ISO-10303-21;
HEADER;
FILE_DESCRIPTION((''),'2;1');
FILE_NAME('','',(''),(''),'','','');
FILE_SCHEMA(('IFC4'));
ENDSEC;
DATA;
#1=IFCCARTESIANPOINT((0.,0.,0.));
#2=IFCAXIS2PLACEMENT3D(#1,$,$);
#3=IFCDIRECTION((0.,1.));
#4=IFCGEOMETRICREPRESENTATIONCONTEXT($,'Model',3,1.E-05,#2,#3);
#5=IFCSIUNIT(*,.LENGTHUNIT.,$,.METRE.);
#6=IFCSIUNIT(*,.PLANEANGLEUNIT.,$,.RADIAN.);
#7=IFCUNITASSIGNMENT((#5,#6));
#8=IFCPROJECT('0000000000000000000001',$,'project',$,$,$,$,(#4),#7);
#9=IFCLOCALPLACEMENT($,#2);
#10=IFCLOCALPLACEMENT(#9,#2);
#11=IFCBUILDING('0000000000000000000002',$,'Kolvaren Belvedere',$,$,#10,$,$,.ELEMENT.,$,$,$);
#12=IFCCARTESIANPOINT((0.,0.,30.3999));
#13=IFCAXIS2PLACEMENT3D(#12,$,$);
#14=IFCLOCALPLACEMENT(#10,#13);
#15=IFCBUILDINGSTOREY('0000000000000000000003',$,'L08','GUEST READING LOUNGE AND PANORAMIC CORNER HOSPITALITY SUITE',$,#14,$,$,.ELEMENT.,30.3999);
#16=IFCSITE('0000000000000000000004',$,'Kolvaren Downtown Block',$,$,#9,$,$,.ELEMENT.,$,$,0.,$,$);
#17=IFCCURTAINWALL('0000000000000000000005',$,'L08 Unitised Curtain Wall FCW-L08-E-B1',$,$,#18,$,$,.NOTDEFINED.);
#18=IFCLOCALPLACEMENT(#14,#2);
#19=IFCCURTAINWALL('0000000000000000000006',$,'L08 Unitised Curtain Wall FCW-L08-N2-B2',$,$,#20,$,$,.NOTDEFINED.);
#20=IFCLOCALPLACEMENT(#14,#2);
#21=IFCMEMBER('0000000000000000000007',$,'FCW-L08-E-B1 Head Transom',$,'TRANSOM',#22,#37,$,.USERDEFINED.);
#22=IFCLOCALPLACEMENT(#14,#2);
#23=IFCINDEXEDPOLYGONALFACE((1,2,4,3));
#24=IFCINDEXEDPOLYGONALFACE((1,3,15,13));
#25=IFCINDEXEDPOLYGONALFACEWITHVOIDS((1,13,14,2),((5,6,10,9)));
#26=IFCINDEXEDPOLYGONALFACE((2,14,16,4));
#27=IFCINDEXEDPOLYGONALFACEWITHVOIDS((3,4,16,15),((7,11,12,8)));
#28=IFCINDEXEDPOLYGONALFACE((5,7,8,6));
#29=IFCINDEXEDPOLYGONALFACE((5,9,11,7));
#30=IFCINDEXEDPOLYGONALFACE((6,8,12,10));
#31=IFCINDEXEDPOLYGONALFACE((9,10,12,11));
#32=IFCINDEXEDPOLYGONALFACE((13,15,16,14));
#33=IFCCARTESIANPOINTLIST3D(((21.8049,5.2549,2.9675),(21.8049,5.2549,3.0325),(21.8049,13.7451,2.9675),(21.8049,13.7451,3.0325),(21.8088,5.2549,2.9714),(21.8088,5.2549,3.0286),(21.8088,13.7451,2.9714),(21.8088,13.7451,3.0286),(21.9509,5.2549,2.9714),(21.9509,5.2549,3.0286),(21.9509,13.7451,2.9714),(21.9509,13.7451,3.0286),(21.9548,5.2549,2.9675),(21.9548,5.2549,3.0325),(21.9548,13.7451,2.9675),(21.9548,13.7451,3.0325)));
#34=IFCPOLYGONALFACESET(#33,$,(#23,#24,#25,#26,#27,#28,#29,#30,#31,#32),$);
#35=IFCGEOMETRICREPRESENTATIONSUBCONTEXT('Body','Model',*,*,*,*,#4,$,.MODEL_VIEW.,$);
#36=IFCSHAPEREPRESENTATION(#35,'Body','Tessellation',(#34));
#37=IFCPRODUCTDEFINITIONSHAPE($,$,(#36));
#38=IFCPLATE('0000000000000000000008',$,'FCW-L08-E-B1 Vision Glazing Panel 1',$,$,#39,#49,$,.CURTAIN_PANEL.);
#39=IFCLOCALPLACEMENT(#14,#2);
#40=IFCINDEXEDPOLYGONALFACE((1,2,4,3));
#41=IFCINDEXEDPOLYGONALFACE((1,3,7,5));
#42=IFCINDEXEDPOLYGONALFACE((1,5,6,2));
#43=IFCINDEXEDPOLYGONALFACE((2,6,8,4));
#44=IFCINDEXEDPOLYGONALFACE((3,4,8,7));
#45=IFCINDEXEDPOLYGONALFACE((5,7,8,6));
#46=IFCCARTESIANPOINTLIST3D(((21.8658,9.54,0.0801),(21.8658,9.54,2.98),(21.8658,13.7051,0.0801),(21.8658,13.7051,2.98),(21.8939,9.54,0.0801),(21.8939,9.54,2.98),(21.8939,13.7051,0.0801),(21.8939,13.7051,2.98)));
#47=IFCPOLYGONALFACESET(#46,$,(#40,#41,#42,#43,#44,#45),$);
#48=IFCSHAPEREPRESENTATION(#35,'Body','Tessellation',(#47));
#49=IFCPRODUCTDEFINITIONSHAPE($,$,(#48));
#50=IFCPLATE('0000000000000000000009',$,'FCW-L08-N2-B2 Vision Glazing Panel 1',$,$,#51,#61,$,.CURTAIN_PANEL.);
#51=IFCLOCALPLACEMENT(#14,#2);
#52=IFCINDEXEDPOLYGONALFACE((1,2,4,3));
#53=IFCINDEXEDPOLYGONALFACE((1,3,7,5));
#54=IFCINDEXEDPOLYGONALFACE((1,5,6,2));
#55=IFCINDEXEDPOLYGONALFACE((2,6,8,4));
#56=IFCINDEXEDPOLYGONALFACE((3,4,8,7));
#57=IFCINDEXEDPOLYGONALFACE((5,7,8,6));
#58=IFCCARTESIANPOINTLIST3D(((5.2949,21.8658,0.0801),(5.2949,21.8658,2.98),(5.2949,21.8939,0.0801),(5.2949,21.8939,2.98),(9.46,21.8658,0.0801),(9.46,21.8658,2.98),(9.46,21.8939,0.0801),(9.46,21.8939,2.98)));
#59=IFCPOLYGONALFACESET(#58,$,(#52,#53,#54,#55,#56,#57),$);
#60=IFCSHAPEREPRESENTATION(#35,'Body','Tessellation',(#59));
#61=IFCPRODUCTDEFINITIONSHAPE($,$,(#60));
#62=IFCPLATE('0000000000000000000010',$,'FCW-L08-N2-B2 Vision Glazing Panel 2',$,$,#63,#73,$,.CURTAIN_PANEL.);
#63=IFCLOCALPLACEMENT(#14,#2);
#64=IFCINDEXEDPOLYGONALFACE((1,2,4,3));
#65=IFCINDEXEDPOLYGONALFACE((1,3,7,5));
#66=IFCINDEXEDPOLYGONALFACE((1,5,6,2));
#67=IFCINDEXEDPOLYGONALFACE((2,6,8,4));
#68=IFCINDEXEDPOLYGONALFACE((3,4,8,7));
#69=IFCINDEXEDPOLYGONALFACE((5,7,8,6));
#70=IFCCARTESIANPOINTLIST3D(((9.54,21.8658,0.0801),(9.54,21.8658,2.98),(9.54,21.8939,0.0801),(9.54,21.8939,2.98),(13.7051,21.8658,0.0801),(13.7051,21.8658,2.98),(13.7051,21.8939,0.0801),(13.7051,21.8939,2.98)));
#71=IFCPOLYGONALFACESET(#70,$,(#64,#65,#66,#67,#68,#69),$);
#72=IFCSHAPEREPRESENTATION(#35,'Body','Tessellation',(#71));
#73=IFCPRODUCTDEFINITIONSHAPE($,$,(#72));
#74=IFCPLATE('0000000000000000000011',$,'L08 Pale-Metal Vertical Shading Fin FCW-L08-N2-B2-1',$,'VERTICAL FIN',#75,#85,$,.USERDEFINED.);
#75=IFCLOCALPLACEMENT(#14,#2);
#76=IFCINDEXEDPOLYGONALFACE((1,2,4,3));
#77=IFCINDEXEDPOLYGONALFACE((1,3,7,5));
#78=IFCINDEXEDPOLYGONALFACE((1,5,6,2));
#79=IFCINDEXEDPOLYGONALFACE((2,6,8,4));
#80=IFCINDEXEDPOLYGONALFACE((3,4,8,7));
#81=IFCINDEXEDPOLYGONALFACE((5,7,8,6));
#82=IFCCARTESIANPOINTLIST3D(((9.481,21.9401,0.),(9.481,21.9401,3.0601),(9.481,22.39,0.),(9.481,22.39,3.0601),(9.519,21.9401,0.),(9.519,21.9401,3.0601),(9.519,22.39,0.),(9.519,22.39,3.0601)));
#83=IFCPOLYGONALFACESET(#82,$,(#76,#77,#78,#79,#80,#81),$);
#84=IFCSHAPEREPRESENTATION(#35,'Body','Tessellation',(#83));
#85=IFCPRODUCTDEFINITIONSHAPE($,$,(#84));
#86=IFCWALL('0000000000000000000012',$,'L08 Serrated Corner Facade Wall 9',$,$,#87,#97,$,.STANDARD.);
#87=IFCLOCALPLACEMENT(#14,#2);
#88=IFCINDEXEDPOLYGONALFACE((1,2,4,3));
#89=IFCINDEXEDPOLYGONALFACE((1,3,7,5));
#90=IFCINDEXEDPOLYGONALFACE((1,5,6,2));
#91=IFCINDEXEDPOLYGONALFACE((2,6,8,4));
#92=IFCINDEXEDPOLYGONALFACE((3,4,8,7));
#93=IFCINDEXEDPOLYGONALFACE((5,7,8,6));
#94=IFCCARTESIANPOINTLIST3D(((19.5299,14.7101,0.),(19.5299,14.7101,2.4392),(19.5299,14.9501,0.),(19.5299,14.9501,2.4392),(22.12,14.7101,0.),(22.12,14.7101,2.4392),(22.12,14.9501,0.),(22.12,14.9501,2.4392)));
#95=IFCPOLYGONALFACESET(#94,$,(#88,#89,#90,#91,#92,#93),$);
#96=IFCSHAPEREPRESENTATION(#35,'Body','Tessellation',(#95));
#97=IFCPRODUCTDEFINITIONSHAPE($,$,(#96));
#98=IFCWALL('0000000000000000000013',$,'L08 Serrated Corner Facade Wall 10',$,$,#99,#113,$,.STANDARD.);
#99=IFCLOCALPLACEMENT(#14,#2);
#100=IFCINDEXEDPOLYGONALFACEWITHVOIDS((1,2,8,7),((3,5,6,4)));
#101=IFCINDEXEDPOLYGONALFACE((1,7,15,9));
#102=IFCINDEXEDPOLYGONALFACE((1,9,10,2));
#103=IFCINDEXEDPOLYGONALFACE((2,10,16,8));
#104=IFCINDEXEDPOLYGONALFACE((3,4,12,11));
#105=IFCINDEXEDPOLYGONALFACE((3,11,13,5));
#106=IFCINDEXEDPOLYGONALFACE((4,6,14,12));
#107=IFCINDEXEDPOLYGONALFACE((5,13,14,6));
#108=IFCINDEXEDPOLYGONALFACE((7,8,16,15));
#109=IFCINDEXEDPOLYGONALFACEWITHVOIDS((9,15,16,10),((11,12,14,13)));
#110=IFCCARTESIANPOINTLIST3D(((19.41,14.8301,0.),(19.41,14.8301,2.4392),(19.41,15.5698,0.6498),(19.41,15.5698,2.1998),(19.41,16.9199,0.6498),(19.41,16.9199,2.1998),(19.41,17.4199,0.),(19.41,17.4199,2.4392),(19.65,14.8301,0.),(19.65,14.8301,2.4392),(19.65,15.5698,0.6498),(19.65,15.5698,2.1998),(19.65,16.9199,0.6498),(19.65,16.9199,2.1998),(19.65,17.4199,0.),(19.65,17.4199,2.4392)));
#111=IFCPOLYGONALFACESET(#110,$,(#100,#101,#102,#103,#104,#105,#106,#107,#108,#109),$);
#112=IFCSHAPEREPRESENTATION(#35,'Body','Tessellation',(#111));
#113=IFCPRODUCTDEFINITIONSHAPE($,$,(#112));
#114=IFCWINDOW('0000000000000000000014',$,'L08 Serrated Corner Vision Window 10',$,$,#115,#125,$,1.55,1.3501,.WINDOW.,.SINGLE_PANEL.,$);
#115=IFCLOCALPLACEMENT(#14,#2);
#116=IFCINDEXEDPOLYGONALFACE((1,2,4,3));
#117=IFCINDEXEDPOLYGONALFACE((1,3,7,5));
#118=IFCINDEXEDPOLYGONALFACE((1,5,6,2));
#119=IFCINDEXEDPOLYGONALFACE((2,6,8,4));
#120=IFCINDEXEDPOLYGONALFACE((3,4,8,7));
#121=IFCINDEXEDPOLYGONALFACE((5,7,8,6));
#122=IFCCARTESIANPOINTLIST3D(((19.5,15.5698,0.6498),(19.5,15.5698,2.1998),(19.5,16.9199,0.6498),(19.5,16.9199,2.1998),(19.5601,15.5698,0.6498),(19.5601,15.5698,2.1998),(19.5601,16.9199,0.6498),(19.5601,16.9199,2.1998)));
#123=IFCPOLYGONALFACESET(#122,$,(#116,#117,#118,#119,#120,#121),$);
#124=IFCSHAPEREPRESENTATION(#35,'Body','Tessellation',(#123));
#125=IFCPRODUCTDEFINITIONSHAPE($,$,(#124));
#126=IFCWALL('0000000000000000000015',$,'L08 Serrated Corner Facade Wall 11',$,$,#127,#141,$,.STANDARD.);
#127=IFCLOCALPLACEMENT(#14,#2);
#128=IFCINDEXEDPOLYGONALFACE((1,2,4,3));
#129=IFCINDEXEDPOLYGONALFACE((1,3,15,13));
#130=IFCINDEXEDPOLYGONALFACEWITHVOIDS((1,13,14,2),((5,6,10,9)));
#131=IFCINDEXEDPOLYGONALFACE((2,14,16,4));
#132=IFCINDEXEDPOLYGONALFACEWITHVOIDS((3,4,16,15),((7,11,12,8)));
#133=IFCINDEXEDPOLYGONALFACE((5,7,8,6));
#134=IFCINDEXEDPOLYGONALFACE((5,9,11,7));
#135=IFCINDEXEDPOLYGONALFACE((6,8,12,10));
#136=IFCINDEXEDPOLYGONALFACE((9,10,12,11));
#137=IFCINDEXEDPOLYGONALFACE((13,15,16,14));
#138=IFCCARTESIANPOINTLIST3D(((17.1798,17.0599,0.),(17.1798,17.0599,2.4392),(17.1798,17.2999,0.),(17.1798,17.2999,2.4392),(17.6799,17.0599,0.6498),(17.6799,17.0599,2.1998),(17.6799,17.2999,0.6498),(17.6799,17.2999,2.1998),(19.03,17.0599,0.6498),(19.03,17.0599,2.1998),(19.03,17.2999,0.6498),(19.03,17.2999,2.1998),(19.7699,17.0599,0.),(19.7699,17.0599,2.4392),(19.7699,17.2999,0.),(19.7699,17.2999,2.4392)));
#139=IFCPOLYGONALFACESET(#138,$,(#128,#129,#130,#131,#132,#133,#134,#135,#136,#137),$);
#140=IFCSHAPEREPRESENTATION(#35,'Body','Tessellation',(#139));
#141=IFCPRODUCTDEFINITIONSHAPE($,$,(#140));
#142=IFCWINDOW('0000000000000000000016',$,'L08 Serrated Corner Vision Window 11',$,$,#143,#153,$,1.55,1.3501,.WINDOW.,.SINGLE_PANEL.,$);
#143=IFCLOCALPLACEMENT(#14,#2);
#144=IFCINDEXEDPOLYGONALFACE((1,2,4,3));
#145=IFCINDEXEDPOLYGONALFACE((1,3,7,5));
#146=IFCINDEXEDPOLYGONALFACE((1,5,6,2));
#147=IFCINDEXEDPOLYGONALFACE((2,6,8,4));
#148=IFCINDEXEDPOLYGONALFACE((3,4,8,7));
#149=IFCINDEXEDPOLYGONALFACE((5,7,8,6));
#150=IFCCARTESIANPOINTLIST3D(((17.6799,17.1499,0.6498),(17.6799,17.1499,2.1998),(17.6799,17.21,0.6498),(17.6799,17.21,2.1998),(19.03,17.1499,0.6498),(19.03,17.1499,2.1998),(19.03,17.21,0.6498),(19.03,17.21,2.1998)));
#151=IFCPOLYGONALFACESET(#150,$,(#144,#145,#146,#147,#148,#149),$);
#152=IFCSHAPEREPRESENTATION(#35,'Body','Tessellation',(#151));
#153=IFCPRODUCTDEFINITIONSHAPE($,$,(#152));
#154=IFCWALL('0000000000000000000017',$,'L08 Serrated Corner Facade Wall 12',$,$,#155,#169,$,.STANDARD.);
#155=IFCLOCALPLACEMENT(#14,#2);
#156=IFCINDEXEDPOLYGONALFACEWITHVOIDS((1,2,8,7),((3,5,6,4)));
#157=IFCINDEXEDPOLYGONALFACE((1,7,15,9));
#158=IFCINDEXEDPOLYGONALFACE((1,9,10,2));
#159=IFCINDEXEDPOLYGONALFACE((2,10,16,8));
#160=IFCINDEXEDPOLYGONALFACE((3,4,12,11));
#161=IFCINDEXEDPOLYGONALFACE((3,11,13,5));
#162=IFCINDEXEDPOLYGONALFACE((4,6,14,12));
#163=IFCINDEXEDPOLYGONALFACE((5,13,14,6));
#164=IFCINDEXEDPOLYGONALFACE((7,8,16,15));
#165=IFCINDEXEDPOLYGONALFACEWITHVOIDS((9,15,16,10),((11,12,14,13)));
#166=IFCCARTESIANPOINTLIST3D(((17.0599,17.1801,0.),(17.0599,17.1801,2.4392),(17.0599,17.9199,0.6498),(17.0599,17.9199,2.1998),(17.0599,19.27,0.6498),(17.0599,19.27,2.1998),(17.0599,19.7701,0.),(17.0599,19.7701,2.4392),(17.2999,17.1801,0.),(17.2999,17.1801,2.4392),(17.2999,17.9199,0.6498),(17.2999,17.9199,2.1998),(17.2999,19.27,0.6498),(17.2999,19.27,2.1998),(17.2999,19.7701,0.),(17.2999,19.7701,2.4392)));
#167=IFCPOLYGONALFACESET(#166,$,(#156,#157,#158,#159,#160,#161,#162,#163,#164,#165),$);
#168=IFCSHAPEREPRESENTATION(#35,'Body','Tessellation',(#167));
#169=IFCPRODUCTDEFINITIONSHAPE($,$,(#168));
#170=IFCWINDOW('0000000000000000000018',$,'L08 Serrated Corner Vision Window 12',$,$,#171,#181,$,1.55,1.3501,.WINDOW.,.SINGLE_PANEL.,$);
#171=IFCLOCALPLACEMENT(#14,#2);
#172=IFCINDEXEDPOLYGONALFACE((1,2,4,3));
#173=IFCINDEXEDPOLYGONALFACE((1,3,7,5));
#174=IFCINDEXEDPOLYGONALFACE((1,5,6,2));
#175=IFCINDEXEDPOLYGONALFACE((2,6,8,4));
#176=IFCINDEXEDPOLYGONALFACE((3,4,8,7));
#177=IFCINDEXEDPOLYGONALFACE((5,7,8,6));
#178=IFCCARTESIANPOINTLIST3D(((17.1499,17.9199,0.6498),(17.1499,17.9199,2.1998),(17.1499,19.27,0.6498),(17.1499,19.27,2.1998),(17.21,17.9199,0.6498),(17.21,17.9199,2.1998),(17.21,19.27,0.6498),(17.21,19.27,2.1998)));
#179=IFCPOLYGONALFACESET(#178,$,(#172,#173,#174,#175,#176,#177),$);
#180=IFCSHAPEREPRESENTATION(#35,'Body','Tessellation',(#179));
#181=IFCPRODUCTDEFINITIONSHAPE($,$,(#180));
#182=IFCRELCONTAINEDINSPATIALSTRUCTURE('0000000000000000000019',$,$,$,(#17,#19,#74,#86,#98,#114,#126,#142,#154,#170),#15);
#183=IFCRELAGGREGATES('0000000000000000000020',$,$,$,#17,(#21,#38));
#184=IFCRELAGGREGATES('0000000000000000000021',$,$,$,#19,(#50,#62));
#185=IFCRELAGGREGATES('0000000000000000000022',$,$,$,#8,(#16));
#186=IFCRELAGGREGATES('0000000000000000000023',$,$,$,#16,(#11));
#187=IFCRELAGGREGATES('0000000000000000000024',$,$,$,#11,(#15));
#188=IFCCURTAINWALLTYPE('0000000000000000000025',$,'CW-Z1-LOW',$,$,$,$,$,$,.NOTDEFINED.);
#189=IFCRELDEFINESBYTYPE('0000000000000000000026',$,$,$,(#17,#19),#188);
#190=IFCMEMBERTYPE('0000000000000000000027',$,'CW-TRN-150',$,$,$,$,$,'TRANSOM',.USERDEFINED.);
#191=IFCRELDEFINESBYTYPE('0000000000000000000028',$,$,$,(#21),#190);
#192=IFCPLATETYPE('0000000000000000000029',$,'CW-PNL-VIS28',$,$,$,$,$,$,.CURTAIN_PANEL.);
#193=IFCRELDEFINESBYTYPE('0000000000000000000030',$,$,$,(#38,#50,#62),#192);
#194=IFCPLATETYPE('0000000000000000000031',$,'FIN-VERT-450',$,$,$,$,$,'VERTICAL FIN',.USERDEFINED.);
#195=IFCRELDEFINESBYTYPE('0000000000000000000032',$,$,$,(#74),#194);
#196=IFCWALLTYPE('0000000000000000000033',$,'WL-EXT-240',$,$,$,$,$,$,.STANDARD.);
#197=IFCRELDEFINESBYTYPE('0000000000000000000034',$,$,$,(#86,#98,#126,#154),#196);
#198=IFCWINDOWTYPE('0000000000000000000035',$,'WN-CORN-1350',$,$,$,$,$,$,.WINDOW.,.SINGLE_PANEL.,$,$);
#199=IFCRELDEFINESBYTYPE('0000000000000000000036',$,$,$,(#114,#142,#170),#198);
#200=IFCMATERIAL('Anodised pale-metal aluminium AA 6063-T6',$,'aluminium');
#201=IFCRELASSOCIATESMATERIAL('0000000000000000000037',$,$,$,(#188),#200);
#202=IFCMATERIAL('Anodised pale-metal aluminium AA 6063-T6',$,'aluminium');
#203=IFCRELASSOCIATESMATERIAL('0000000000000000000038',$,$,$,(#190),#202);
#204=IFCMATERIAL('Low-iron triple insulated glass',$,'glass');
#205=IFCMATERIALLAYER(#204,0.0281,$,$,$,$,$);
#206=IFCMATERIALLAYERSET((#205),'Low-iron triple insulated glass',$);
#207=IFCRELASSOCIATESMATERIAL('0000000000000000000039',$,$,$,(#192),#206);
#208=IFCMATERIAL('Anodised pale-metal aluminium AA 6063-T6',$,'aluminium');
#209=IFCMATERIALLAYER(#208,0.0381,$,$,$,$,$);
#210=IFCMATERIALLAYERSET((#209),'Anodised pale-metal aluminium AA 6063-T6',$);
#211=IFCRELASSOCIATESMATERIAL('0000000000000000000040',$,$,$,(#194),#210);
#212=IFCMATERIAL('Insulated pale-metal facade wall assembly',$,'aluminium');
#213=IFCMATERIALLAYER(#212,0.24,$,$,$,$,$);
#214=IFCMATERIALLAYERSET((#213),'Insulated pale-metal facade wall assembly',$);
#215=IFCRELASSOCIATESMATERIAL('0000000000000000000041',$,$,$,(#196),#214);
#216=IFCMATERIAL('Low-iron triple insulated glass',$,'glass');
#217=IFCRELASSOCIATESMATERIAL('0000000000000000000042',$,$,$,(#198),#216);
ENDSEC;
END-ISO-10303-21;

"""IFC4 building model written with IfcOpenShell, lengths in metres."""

from ifc_helpers import new_model, si_unit, direction, frame, frame_2d, origin, origin_2d, place, context, subcontext, project, spatial, rectangle, hollow_rectangle, extrude, material, layer, layer_set, material_profile, profile_set, type_object, element, fill, aggregate, save


model = new_model("IFC4")

# Units and contexts
model_context = context("Model", 3, precision=1e-05, world=origin(), true_north=direction((0.0, 1.0)))
body_context = subcontext(model_context, "Body", "Model", "MODEL_VIEW")
ifc_project = project(units=[si_unit("LENGTHUNIT", "METRE"), si_unit("PLANEANGLEUNIT", "RADIAN")], contexts=[model_context])

# Site, building, storey
site_placement = place(None, origin())
site = spatial("IfcSite", under=ifc_project, at=site_placement, Name="Kolvaren Downtown Block", CompositionType="ELEMENT", RefElevation=0.0)
building_placement = place(site_placement, origin())
building = spatial("IfcBuilding", under=site, at=building_placement, Name="Kolvaren Belvedere", CompositionType="ELEMENT")
storey_placement = place(building_placement, frame((0.0, 0.0, 30.3999)))
storey = spatial("IfcBuildingStorey", under=building, at=storey_placement, Name="L08", Description="GUEST READING LOUNGE AND PANORAMIC CORNER HOSPITALITY SUITE", CompositionType="ELEMENT", Elevation=30.3999)

# Curtain wall
ifc_material_1 = material(Name="Anodised pale-metal aluminium AA 6063-T6", Category="aluminium")
curtain_wall_type = type_object("IfcCurtainWallType", Name="CW-Z1-LOW", PredefinedType="NOTDEFINED", material=ifc_material_1)
curtain_wall_1_placement = place(storey_placement, origin())
curtain_wall_1 = element("IfcCurtainWall", 1, at=curtain_wall_1_placement, inside=storey, type_object=curtain_wall_type, Name="L08 Unitised Curtain Wall FCW-L08-E-B1", PredefinedType="NOTDEFINED")

# Curtain wall
curtain_wall_2_placement = place(storey_placement, origin())
curtain_wall_2 = element("IfcCurtainWall", 2, at=curtain_wall_2_placement, inside=storey, type_object=curtain_wall_type, Name="L08 Unitised Curtain Wall FCW-L08-N2-B2", PredefinedType="NOTDEFINED")

# Member
ifc_material_2 = material(Name="Anodised pale-metal aluminium AA 6063-T6", Category="aluminium")
ifc_material_profile_1 = material_profile(ifc_material_2, hollow_rectangle(XDim=0.0649, YDim=0.1499, WallThickness=0.0039, at=origin_2d()), Name="ALU-TRN-150X65")
ifc_profile_set_1 = profile_set([ifc_material_profile_1], Name="Anodised pale-metal aluminium AA 6063-T6")
member_type_1 = type_object("IfcMemberType", Name="CW-TRN-150", ElementType="TRANSOM", PredefinedType="USERDEFINED", material=ifc_profile_set_1)
member_1_placement = place(storey_placement, frame((21.8799, 13.7451, 3.0), z_axis=(0.0, -1.0, 0.0), x_axis=(0.0, 0.0, 1.0)))
member_1 = element("IfcMember", 3, at=member_1_placement, type_object=member_type_1, Name="FCW-L08-E-B1 Head Transom", ObjectType="TRANSOM", PredefinedType="USERDEFINED", context=body_context, shape_type="SweptSolid", body=[
    extrude(hollow_rectangle(XDim=0.0649, YDim=0.1499, WallThickness=0.0039, at=origin_2d()), origin(), (0.0, 0.0, 1.0), 8.4902),
])

# Plates
ifc_material_3 = material(Name="Low-iron triple insulated glass", Category="glass")
ifc_layer_1 = layer(ifc_material_3, 0.0281)
ifc_layer_set_1 = layer_set([ifc_layer_1], Name="Low-iron triple insulated glass")
plate_type_1 = type_object("IfcPlateType", Name="CW-PNL-VIS28", PredefinedType="CURTAIN_PANEL", material=ifc_layer_set_1)
plate_1_placement = place(storey_placement, frame((21.8799, 11.6226, 0.0801), z_axis=(0.0, 0.0, 1.0), x_axis=(0.0, -1.0, 0.0)))
plate_1 = element("IfcPlate", 4, at=plate_1_placement, type_object=plate_type_1, Name="FCW-L08-E-B1 Vision Glazing Panel 1", PredefinedType="CURTAIN_PANEL", context=body_context, shape_type="SweptSolid", body=[
    extrude(rectangle(XDim=4.165, YDim=0.0281, at=origin_2d()), origin(), (0.0, 0.0, 1.0), 2.8999),
])
aggregate(curtain_wall_1, [member_1, plate_1])
plate_2_placement = place(storey_placement, frame((7.3774, 21.8799, 0.0801), z_axis=(0.0, 0.0, 1.0), x_axis=(1.0, 0.0, 0.0)))
plate_2 = element("IfcPlate", 5, at=plate_2_placement, type_object=plate_type_1, Name="FCW-L08-N2-B2 Vision Glazing Panel 1", PredefinedType="CURTAIN_PANEL", context=body_context, shape_type="SweptSolid", body=[
    extrude(rectangle(XDim=4.165, YDim=0.0281, at=origin_2d()), origin(), (0.0, 0.0, 1.0), 2.8999),
])
plate_3_placement = place(storey_placement, frame((11.6226, 21.8799, 0.0801), z_axis=(0.0, 0.0, 1.0), x_axis=(1.0, 0.0, 0.0)))
plate_3 = element("IfcPlate", 6, at=plate_3_placement, type_object=plate_type_1, Name="FCW-L08-N2-B2 Vision Glazing Panel 2", PredefinedType="CURTAIN_PANEL", context=body_context, shape_type="SweptSolid", body=[
    extrude(rectangle(XDim=4.165, YDim=0.0281, at=origin_2d()), origin(), (0.0, 0.0, 1.0), 2.8999),
])
aggregate(curtain_wall_2, [plate_2, plate_3])
ifc_material_4 = material(Name="Anodised pale-metal aluminium AA 6063-T6", Category="aluminium")
ifc_layer_2 = layer(ifc_material_4, 0.0381)
ifc_layer_set_2 = layer_set([ifc_layer_2], Name="Anodised pale-metal aluminium AA 6063-T6")
plate_type_2 = type_object("IfcPlateType", Name="FIN-VERT-450", ElementType="VERTICAL FIN", PredefinedType="USERDEFINED", material=ifc_layer_set_2)
plate_4_placement = place(storey_placement, frame((9.5, 22.165, 0.0), z_axis=(0.0, 0.0, 1.0), x_axis=(0.0, 1.0, 0.0)))
element("IfcPlate", 7, at=plate_4_placement, inside=storey, type_object=plate_type_2, Name="L08 Pale-Metal Vertical Shading Fin FCW-L08-N2-B2-1", ObjectType="VERTICAL FIN", PredefinedType="USERDEFINED", context=body_context, shape_type="SweptSolid", body=[
    extrude(rectangle(XDim=0.45, YDim=0.0381, at=origin_2d()), origin(), (0.0, 0.0, 1.0), 3.0601),
])

# Wall
ifc_material_5 = material(Name="Insulated pale-metal facade wall assembly", Category="aluminium")
ifc_layer_3 = layer(ifc_material_5, 0.24)
ifc_layer_set_3 = layer_set([ifc_layer_3], Name="Insulated pale-metal facade wall assembly")
wall_type_1 = type_object("IfcWallType", Name="WL-EXT-240", PredefinedType="STANDARD", material=ifc_layer_set_3)
wall_1_placement = place(storey_placement, frame((19.53, 14.8301, 0.0), z_axis=(0.0, 0.0, 1.0), x_axis=(1.0, 0.0, 0.0)))
element("IfcWall", 8, at=wall_1_placement, inside=storey, type_object=wall_type_1, Name="L08 Serrated Corner Facade Wall 9", PredefinedType="STANDARD", context=body_context, shape_type="SweptSolid", body=[
    extrude(rectangle(XDim=2.5901, YDim=0.24, at=frame_2d((1.2949, 0.0))), origin(), (0.0, 0.0, 1.0), 2.4392),
])

# Walls, openings, windows
wall_2_placement = place(storey_placement, frame((19.53, 17.4199, 0.0), z_axis=(0.0, 0.0, 1.0), x_axis=(0.0, -1.0, 0.0)))
wall_2 = element("IfcWall", 9, at=wall_2_placement, inside=storey, type_object=wall_type_1, Name="L08 Serrated Corner Facade Wall 10", PredefinedType="STANDARD", context=body_context, shape_type="SweptSolid", body=[
    extrude(rectangle(XDim=2.5898, YDim=0.24, at=frame_2d((1.2949, 0.0))), origin(), (0.0, 0.0, 1.0), 2.4392),
])
opening_1_placement = place(wall_2_placement, frame((0.5, 0.0, 0.6499)))
opening_1 = element("IfcOpeningElement", 10, at=opening_1_placement, cuts=wall_2, PredefinedType="OPENING", context=body_context, shape_type="SweptSolid", body=[
    extrude(rectangle(XDim=1.3501, YDim=1.55, at=frame_2d((0.675, 0.7749))), frame((0.0, 0.1299, 0.0), z_axis=(0.0, -1.0, 0.0), x_axis=(1.0, 0.0, 0.0)), (0.0, 0.0, 1.0), 0.26),
])
ifc_material_6 = material(Name="Low-iron triple insulated glass", Category="glass")
window_type = type_object("IfcWindowType", Name="WN-CORN-1350", PartitioningType="SINGLE_PANEL", PredefinedType="WINDOW", material=ifc_material_6)
window_1_placement = place(opening_1_placement, origin())
window_1 = element("IfcWindow", 11, at=window_1_placement, inside=storey, type_object=window_type, Name="L08 Serrated Corner Vision Window 10", OverallHeight=1.55, OverallWidth=1.3501, PartitioningType="SINGLE_PANEL", PredefinedType="WINDOW", context=body_context, shape_type="SweptSolid", body=[
    extrude(rectangle(XDim=1.3501, YDim=1.55, at=frame_2d((0.675, 0.7749))), frame((0.0, 0.03, 0.0), z_axis=(0.0, -1.0, 0.0), x_axis=(1.0, 0.0, 0.0)), (0.0, 0.0, 1.0), 0.0601),
])
fill(opening_1, window_1)
wall_3_placement = place(storey_placement, frame((17.1799, 17.1799, 0.0), z_axis=(0.0, 0.0, 1.0), x_axis=(1.0, 0.0, 0.0)))
wall_3 = element("IfcWall", 12, at=wall_3_placement, inside=storey, type_object=wall_type_1, Name="L08 Serrated Corner Facade Wall 11", PredefinedType="STANDARD", context=body_context, shape_type="SweptSolid", body=[
    extrude(rectangle(XDim=2.5901, YDim=0.24, at=frame_2d((1.2949, 0.0))), origin(), (0.0, 0.0, 1.0), 2.4392),
])
opening_2_placement = place(wall_3_placement, frame((0.5, 0.0, 0.6499)))
opening_2 = element("IfcOpeningElement", 13, at=opening_2_placement, cuts=wall_3, PredefinedType="OPENING", context=body_context, shape_type="SweptSolid", body=[
    extrude(rectangle(XDim=1.3501, YDim=1.55, at=frame_2d((0.675, 0.7749))), frame((0.0, 0.1299, 0.0), z_axis=(0.0, -1.0, 0.0), x_axis=(1.0, 0.0, 0.0)), (0.0, 0.0, 1.0), 0.26),
])
window_2_placement = place(opening_2_placement, origin())
window_2 = element("IfcWindow", 14, at=window_2_placement, inside=storey, type_object=window_type, Name="L08 Serrated Corner Vision Window 11", OverallHeight=1.55, OverallWidth=1.3501, PartitioningType="SINGLE_PANEL", PredefinedType="WINDOW", context=body_context, shape_type="SweptSolid", body=[
    extrude(rectangle(XDim=1.3501, YDim=1.55, at=frame_2d((0.675, 0.7749))), frame((0.0, 0.03, 0.0), z_axis=(0.0, -1.0, 0.0), x_axis=(1.0, 0.0, 0.0)), (0.0, 0.0, 1.0), 0.0601),
])
fill(opening_2, window_2)
wall_4_placement = place(storey_placement, frame((17.1799, 19.77, 0.0), z_axis=(0.0, 0.0, 1.0), x_axis=(0.0, -1.0, 0.0)))
wall_4 = element("IfcWall", 15, at=wall_4_placement, inside=storey, type_object=wall_type_1, Name="L08 Serrated Corner Facade Wall 12", PredefinedType="STANDARD", context=body_context, shape_type="SweptSolid", body=[
    extrude(rectangle(XDim=2.5901, YDim=0.24, at=frame_2d((1.2949, 0.0))), origin(), (0.0, 0.0, 1.0), 2.4392),
])
opening_3_placement = place(wall_4_placement, frame((0.5, 0.0, 0.6499)))
opening_3 = element("IfcOpeningElement", 16, at=opening_3_placement, cuts=wall_4, PredefinedType="OPENING", context=body_context, shape_type="SweptSolid", body=[
    extrude(rectangle(XDim=1.3501, YDim=1.55, at=frame_2d((0.675, 0.7749))), frame((0.0, 0.1299, 0.0), z_axis=(0.0, -1.0, 0.0), x_axis=(1.0, 0.0, 0.0)), (0.0, 0.0, 1.0), 0.26),
])
window_3_placement = place(opening_3_placement, origin())
window_3 = element("IfcWindow", 17, at=window_3_placement, inside=storey, type_object=window_type, Name="L08 Serrated Corner Vision Window 12", OverallHeight=1.55, OverallWidth=1.3501, PartitioningType="SINGLE_PANEL", PredefinedType="WINDOW", context=body_context, shape_type="SweptSolid", body=[
    extrude(rectangle(XDim=1.3501, YDim=1.55, at=frame_2d((0.675, 0.7749))), frame((0.0, 0.03, 0.0), z_axis=(0.0, -1.0, 0.0), x_axis=(1.0, 0.0, 0.0)), (0.0, 0.0, 1.0), 0.0601),
])
fill(opening_3, window_3)

save(model, "model.ifc")
